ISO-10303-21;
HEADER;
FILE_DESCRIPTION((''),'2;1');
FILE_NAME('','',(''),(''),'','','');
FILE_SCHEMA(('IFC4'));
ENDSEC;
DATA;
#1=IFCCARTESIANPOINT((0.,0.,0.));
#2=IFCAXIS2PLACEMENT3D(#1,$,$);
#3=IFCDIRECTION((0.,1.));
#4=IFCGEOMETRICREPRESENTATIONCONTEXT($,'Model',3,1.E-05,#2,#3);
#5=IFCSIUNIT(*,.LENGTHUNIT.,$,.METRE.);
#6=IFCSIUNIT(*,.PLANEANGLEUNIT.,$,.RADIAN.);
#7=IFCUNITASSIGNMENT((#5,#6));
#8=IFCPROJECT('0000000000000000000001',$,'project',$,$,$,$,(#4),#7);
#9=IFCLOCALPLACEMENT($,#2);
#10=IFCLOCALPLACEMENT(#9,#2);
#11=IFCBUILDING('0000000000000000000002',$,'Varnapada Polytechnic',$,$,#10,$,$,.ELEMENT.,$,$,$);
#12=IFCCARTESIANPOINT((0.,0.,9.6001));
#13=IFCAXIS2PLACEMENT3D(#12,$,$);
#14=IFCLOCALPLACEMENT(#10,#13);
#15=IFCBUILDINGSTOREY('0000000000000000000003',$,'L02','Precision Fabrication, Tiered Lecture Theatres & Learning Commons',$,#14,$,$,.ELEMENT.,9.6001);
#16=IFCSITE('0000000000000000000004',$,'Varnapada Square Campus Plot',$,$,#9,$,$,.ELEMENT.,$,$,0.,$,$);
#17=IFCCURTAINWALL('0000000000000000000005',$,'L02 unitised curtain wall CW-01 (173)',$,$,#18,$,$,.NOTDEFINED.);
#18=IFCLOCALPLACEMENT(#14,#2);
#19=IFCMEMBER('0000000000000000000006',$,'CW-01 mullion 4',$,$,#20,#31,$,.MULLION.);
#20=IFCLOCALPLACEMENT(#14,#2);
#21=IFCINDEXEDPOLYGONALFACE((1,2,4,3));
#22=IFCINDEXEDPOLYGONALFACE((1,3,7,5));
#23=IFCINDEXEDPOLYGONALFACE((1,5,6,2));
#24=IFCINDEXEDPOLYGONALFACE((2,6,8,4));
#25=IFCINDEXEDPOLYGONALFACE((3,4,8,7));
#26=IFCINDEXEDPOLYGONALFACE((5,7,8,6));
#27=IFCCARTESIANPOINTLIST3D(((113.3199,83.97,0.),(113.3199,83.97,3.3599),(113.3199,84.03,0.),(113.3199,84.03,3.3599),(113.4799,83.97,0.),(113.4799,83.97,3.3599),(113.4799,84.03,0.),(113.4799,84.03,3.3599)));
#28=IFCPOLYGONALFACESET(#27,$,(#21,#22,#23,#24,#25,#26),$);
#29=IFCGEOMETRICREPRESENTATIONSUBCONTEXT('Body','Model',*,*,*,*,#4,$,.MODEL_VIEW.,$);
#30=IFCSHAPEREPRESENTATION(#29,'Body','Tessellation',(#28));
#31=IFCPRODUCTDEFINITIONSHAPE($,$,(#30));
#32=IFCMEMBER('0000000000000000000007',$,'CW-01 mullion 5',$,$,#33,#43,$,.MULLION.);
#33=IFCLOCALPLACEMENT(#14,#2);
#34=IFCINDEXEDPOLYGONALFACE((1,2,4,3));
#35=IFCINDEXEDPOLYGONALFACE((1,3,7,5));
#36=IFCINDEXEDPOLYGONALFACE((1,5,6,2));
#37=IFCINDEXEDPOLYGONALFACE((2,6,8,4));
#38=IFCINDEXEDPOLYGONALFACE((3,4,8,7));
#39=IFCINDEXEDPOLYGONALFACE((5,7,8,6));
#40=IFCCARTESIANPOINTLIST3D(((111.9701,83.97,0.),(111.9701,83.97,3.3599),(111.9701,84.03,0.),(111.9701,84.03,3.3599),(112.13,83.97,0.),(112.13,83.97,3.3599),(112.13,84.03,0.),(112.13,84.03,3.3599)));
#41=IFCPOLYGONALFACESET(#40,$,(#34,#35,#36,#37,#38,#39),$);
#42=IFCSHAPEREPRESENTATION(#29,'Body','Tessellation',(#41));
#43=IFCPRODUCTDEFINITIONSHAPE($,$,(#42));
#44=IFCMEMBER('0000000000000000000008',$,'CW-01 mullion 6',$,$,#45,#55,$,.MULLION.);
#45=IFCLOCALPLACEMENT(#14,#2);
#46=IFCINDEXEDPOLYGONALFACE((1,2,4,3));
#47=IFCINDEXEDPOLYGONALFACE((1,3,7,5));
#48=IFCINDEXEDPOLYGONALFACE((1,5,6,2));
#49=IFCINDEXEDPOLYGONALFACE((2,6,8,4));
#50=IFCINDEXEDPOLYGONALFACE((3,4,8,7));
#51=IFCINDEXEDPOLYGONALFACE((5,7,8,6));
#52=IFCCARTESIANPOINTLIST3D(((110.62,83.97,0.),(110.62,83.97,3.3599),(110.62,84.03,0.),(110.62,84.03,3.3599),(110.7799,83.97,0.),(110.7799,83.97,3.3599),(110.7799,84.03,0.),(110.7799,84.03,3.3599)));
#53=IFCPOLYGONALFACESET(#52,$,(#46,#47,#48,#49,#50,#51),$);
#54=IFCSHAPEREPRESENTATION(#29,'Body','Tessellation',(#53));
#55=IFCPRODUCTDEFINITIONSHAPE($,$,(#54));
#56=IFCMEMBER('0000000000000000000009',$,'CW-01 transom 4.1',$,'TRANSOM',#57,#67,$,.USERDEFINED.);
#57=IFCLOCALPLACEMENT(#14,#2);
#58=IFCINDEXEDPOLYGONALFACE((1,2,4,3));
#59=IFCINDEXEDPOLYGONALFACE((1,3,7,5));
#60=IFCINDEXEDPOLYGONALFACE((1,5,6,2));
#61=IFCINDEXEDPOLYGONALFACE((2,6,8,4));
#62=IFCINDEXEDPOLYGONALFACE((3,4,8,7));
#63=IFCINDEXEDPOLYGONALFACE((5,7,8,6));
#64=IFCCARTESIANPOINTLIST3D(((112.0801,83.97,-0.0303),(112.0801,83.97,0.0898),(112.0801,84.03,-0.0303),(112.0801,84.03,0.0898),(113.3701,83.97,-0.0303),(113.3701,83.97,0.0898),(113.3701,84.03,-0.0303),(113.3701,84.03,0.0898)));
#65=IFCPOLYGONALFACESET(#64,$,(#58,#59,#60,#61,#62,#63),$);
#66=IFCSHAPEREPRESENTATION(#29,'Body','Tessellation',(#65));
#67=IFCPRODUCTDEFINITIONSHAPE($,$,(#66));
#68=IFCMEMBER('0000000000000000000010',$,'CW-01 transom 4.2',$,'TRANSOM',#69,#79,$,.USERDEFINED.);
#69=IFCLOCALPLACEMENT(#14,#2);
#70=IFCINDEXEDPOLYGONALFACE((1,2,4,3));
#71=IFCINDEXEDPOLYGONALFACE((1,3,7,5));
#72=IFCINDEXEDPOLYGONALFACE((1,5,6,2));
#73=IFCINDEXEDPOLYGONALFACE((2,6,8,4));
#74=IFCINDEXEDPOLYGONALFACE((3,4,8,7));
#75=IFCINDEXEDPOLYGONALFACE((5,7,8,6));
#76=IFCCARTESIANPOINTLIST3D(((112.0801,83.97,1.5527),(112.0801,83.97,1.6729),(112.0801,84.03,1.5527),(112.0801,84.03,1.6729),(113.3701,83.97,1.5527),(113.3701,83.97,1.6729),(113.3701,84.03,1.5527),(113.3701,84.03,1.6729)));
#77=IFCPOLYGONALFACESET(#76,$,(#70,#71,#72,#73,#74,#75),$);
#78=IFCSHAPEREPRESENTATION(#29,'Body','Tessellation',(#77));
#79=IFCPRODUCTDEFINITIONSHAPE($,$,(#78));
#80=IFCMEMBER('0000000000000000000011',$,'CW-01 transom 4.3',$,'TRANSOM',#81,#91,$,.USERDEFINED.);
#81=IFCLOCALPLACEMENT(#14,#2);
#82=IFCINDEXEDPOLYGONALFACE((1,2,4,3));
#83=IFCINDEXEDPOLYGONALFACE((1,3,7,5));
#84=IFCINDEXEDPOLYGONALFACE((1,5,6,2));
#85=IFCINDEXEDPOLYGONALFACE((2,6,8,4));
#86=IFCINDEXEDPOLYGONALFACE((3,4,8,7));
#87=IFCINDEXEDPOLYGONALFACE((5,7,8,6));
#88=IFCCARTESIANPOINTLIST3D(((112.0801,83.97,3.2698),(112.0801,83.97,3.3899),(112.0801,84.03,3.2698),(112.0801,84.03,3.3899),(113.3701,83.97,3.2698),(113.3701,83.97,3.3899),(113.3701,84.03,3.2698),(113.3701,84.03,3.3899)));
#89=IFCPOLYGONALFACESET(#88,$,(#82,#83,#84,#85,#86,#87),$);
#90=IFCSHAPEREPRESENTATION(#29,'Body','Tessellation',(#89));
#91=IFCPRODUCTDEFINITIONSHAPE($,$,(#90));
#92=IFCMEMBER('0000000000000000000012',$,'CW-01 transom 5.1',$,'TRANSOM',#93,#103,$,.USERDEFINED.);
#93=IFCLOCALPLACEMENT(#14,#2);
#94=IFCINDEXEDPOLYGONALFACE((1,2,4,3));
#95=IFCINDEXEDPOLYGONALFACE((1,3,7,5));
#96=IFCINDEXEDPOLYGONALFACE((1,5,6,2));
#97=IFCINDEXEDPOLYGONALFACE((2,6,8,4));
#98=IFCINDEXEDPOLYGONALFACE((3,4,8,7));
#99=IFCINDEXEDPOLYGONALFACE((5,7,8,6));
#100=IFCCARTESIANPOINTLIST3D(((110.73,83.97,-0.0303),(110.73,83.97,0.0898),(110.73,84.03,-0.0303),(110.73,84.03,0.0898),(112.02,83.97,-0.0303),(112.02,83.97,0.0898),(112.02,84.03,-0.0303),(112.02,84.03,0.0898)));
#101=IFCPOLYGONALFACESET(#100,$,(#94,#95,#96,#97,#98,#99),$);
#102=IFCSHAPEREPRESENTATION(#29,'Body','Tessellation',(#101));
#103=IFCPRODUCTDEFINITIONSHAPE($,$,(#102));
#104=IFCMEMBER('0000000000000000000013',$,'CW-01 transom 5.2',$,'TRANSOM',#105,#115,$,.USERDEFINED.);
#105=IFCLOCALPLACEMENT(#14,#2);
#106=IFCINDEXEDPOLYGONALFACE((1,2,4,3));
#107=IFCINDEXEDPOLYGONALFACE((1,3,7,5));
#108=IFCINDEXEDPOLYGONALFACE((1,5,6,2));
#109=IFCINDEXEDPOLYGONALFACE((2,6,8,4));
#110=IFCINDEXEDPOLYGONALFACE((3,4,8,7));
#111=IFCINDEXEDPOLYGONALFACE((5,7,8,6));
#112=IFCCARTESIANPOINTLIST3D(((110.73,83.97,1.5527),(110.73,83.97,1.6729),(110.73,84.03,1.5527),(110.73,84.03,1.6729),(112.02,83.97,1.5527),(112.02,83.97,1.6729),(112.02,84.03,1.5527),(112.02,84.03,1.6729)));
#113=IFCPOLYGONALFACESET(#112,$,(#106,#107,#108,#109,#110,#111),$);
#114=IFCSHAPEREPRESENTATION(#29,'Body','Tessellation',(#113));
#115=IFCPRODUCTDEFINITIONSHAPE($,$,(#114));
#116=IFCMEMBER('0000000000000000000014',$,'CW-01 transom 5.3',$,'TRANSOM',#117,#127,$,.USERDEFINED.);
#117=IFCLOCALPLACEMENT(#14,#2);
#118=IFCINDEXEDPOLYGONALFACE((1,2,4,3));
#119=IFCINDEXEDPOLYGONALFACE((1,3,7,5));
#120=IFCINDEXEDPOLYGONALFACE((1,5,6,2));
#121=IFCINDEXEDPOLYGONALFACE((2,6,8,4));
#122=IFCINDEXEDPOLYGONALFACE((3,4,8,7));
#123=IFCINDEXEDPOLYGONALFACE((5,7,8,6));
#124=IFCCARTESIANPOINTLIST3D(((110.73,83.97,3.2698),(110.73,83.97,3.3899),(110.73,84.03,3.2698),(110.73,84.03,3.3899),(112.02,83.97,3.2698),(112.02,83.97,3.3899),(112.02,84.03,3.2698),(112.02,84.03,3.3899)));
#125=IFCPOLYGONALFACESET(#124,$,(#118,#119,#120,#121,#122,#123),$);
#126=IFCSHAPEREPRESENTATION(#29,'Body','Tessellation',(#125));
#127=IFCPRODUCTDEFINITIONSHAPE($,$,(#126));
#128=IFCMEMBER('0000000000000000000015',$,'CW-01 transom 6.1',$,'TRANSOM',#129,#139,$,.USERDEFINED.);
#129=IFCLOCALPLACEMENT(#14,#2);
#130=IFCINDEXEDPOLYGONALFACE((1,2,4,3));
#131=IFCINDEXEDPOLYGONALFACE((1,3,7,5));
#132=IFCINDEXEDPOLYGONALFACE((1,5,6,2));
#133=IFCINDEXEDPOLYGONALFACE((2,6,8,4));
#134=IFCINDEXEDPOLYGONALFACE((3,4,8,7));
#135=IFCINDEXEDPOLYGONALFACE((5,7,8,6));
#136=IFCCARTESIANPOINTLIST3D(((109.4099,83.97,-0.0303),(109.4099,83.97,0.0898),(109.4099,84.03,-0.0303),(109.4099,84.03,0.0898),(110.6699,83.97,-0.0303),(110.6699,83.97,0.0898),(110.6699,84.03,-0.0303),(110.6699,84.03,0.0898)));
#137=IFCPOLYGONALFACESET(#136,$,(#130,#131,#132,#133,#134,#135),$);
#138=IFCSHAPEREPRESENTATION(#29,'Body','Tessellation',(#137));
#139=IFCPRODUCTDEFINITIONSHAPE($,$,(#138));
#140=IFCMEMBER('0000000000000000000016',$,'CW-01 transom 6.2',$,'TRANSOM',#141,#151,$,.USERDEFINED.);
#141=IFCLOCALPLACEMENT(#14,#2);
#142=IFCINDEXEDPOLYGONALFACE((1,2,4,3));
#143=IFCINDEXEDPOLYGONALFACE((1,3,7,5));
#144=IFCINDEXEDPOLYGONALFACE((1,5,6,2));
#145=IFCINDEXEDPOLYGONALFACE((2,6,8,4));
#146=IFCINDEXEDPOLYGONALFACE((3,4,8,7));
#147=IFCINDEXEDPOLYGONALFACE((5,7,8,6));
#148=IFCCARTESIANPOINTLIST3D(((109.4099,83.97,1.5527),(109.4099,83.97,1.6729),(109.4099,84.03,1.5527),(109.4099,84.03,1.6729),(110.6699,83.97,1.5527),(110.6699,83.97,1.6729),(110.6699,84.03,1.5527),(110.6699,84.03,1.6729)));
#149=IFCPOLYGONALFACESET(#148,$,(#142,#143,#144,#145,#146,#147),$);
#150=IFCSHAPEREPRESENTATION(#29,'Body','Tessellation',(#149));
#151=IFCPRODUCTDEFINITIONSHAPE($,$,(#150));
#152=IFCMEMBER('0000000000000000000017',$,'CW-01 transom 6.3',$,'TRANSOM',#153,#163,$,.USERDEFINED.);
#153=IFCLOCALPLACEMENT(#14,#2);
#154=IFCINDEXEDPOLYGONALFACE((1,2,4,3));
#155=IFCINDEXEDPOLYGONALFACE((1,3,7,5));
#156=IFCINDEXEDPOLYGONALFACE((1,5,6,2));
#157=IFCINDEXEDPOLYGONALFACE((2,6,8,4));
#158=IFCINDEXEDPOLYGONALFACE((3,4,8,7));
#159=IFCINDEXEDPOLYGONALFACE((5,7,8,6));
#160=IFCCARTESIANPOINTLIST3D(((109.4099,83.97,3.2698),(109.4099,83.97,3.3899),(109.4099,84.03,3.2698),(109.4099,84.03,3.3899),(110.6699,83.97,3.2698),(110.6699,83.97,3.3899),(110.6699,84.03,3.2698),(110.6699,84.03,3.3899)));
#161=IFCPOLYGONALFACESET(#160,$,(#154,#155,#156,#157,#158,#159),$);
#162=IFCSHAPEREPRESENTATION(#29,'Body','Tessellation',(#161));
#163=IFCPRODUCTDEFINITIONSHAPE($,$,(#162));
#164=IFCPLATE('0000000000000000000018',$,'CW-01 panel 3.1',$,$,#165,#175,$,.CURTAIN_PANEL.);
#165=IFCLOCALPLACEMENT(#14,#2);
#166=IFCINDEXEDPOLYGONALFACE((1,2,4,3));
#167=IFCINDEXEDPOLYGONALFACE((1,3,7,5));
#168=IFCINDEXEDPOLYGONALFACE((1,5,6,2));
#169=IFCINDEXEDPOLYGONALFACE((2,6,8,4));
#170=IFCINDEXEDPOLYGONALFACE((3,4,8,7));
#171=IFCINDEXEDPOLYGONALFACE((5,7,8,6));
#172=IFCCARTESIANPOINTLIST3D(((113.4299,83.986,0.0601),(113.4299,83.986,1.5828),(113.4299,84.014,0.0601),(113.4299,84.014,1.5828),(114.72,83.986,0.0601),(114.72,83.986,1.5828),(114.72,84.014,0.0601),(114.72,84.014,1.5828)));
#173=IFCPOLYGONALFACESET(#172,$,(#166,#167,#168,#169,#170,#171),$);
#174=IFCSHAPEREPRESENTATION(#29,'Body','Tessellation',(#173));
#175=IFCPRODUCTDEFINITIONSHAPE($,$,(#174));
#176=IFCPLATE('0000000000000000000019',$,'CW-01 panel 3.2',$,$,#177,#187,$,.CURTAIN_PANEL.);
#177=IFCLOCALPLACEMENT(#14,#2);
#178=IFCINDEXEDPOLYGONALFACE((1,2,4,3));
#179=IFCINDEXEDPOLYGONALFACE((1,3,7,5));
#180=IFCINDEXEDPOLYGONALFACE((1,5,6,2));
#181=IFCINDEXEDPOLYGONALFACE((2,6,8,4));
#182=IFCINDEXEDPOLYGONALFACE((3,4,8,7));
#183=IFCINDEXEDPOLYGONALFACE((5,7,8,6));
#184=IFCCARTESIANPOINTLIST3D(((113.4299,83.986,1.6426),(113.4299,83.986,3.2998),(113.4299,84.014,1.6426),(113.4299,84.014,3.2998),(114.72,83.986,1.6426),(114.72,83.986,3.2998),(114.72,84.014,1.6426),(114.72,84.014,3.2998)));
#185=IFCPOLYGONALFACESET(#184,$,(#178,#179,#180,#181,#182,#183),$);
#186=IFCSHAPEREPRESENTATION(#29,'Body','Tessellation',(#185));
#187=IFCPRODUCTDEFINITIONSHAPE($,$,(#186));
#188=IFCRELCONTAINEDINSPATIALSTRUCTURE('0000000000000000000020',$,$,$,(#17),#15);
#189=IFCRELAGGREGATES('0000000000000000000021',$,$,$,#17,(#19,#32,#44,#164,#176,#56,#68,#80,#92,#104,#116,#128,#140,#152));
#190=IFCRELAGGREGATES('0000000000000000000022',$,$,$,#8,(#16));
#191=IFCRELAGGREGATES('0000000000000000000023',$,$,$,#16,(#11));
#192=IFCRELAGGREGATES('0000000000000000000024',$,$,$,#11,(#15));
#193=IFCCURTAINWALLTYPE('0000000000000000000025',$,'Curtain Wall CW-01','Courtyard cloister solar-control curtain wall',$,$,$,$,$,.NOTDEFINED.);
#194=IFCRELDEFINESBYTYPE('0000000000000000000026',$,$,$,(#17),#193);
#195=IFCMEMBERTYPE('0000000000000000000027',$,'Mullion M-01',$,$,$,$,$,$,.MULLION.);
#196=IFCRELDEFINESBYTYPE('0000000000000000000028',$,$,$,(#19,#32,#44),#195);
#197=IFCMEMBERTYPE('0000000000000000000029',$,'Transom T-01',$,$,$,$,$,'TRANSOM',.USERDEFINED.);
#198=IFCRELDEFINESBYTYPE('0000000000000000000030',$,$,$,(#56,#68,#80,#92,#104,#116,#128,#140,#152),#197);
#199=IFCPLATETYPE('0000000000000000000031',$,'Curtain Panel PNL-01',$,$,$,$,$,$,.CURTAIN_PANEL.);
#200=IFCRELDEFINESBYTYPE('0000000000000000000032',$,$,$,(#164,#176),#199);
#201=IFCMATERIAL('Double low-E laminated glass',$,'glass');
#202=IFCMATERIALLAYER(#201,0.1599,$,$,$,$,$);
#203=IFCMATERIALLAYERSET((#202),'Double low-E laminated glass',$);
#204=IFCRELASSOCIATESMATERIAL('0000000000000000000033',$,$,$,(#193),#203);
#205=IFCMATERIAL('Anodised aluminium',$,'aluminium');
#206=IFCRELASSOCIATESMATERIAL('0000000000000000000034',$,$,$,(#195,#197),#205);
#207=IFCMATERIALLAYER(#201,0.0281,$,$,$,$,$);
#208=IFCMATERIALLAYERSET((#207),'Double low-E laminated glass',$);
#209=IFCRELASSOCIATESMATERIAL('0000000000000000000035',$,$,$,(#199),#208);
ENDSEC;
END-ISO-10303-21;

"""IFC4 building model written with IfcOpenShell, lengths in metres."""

from ifc_helpers import new_model, si_unit, direction, frame, origin, origin_2d, place, context, subcontext, project, spatial, rectangle, extrude, material, layer, layer_set, material_profile, profile_set, type_object, element, aggregate, save


model = new_model("IFC4")

# Units and contexts
model_context = context("Model", 3, precision=1e-05, world=origin(), true_north=direction((0.0, 1.0)))
body_context = subcontext(model_context, "Body", "Model", "MODEL_VIEW")
ifc_project = project(units=[si_unit("LENGTHUNIT", "METRE"), si_unit("PLANEANGLEUNIT", "RADIAN")], contexts=[model_context])

# Site, building, storey
site_placement = place(None, origin())
site = spatial("IfcSite", under=ifc_project, at=site_placement, Name="Varnapada Square Campus Plot", CompositionType="ELEMENT", RefElevation=0.0)
building_placement = place(site_placement, origin())
building = spatial("IfcBuilding", under=site, at=building_placement, Name="Varnapada Polytechnic", CompositionType="ELEMENT")
storey_placement = place(building_placement, frame((0.0, 0.0, 9.6001)))
storey = spatial("IfcBuildingStorey", under=building, at=storey_placement, Name="L02", Description="Precision Fabrication, Tiered Lecture Theatres & Learning Commons", CompositionType="ELEMENT", Elevation=9.6001)

# Curtain wall, members, plates
ifc_material_1 = material(Name="Double low-E laminated glass", Category="glass")
ifc_layer_1 = layer(ifc_material_1, 0.1599)
ifc_layer_set_1 = layer_set([ifc_layer_1], Name="Double low-E laminated glass")
curtain_wall_type = type_object("IfcCurtainWallType", Name="Curtain Wall CW-01", Description="Courtyard cloister solar-control curtain wall", PredefinedType="NOTDEFINED", material=ifc_layer_set_1)
curtain_wall_placement = place(storey_placement, origin())
curtain_wall = element("IfcCurtainWall", 1, at=curtain_wall_placement, inside=storey, type_object=curtain_wall_type, Name="L02 unitised curtain wall CW-01 (173)", PredefinedType="NOTDEFINED")
ifc_material_2 = material(Name="Anodised aluminium", Category="aluminium")
ifc_material_profile_1 = material_profile(ifc_material_2, rectangle(XDim=0.0601, YDim=0.1599, at=origin_2d()), Name="ALU M60x160")
ifc_profile_set_1 = profile_set([ifc_material_profile_1], Name="Anodised aluminium")
member_type_1 = type_object("IfcMemberType", Name="Mullion M-01", PredefinedType="MULLION", material=ifc_profile_set_1)
member_1_placement = place(storey_placement, frame((113.3999, 84.0, 0.0), z_axis=(0.0, 0.0, 1.0), x_axis=(0.0, -1.0, 0.0)))
member_1 = element("IfcMember", 2, at=member_1_placement, type_object=member_type_1, Name="CW-01 mullion 4", PredefinedType="MULLION", context=body_context, shape_type="SweptSolid", body=[
    extrude(rectangle(XDim=0.0601, YDim=0.1599, at=origin_2d()), origin(), (0.0, 0.0, 1.0), 3.3599),
])
member_2_placement = place(storey_placement, frame((112.05, 84.0, 0.0), z_axis=(0.0, 0.0, 1.0), x_axis=(0.0, -1.0, 0.0)))
member_2 = element("IfcMember", 3, at=member_2_placement, type_object=member_type_1, Name="CW-01 mullion 5", PredefinedType="MULLION", context=body_context, shape_type="SweptSolid", body=[
    extrude(rectangle(XDim=0.0601, YDim=0.1599, at=origin_2d()), origin(), (0.0, 0.0, 1.0), 3.3599),
])
member_3_placement = place(storey_placement, frame((110.7, 84.0, 0.0), z_axis=(0.0, 0.0, 1.0), x_axis=(0.0, -1.0, 0.0)))
member_3 = element("IfcMember", 4, at=member_3_placement, type_object=member_type_1, Name="CW-01 mullion 6", PredefinedType="MULLION", context=body_context, shape_type="SweptSolid", body=[
    extrude(rectangle(XDim=0.0601, YDim=0.1599, at=origin_2d()), origin(), (0.0, 0.0, 1.0), 3.3599),
])
ifc_material_profile_2 = material_profile(ifc_material_2, rectangle(XDim=0.0601, YDim=0.1201, at=origin_2d()), Name="ALU T60x120")
ifc_profile_set_2 = profile_set([ifc_material_profile_2], Name="Anodised aluminium")
member_type_2 = type_object("IfcMemberType", Name="Transom T-01", ElementType="TRANSOM", PredefinedType="USERDEFINED", material=ifc_profile_set_2)
member_4_placement = place(storey_placement, frame((113.3701, 84.0, 0.0298), z_axis=(-1.0, 0.0, 0.0), x_axis=(0.0, -1.0, 0.0)))
member_4 = element("IfcMember", 5, at=member_4_placement, type_object=member_type_2, Name="CW-01 transom 4.1", ObjectType="TRANSOM", PredefinedType="USERDEFINED", context=body_context, shape_type="SweptSolid", body=[
    extrude(rectangle(XDim=0.0601, YDim=0.1201, at=origin_2d()), origin(), (0.0, 0.0, 1.0), 1.29),
])
member_5_placement = place(storey_placement, frame((113.3701, 84.0, 1.6128), z_axis=(-1.0, 0.0, 0.0), x_axis=(0.0, -1.0, 0.0)))
member_5 = element("IfcMember", 6, at=member_5_placement, type_object=member_type_2, Name="CW-01 transom 4.2", ObjectType="TRANSOM", PredefinedType="USERDEFINED", context=body_context, shape_type="SweptSolid", body=[
    extrude(rectangle(XDim=0.0601, YDim=0.1201, at=origin_2d()), origin(), (0.0, 0.0, 1.0), 1.29),
])
member_6_placement = place(storey_placement, frame((113.3701, 84.0, 3.3298), z_axis=(-1.0, 0.0, 0.0), x_axis=(0.0, -1.0, 0.0)))
member_6 = element("IfcMember", 7, at=member_6_placement, type_object=member_type_2, Name="CW-01 transom 4.3", ObjectType="TRANSOM", PredefinedType="USERDEFINED", context=body_context, shape_type="SweptSolid", body=[
    extrude(rectangle(XDim=0.0601, YDim=0.1201, at=origin_2d()), origin(), (0.0, 0.0, 1.0), 1.29),
])
member_7_placement = place(storey_placement, frame((112.02, 84.0, 0.0298), z_axis=(-1.0, 0.0, 0.0), x_axis=(0.0, -1.0, 0.0)))
member_7 = element("IfcMember", 8, at=member_7_placement, type_object=member_type_2, Name="CW-01 transom 5.1", ObjectType="TRANSOM", PredefinedType="USERDEFINED", context=body_context, shape_type="SweptSolid", body=[
    extrude(rectangle(XDim=0.0601, YDim=0.1201, at=origin_2d()), origin(), (0.0, 0.0, 1.0), 1.29),
])
member_8_placement = place(storey_placement, frame((112.02, 84.0, 1.6128), z_axis=(-1.0, 0.0, 0.0), x_axis=(0.0, -1.0, 0.0)))
member_8 = element("IfcMember", 9, at=member_8_placement, type_object=member_type_2, Name="CW-01 transom 5.2", ObjectType="TRANSOM", PredefinedType="USERDEFINED", context=body_context, shape_type="SweptSolid", body=[
    extrude(rectangle(XDim=0.0601, YDim=0.1201, at=origin_2d()), origin(), (0.0, 0.0, 1.0), 1.29),
])
member_9_placement = place(storey_placement, frame((112.02, 84.0, 3.3298), z_axis=(-1.0, 0.0, 0.0), x_axis=(0.0, -1.0, 0.0)))
member_9 = element("IfcMember", 10, at=member_9_placement, type_object=member_type_2, Name="CW-01 transom 5.3", ObjectType="TRANSOM", PredefinedType="USERDEFINED", context=body_context, shape_type="SweptSolid", body=[
    extrude(rectangle(XDim=0.0601, YDim=0.1201, at=origin_2d()), origin(), (0.0, 0.0, 1.0), 1.29),
])
member_10_placement = place(storey_placement, frame((110.6699, 84.0, 0.0298), z_axis=(-1.0, 0.0, 0.0), x_axis=(0.0, -1.0, 0.0)))
member_10 = element("IfcMember", 11, at=member_10_placement, type_object=member_type_2, Name="CW-01 transom 6.1", ObjectType="TRANSOM", PredefinedType="USERDEFINED", context=body_context, shape_type="SweptSolid", body=[
    extrude(rectangle(XDim=0.0601, YDim=0.1201, at=origin_2d()), origin(), (0.0, 0.0, 1.0), 1.26),
])
member_11_placement = place(storey_placement, frame((110.6699, 84.0, 1.6128), z_axis=(-1.0, 0.0, 0.0), x_axis=(0.0, -1.0, 0.0)))
member_11 = element("IfcMember", 12, at=member_11_placement, type_object=member_type_2, Name="CW-01 transom 6.2", ObjectType="TRANSOM", PredefinedType="USERDEFINED", context=body_context, shape_type="SweptSolid", body=[
    extrude(rectangle(XDim=0.0601, YDim=0.1201, at=origin_2d()), origin(), (0.0, 0.0, 1.0), 1.26),
])
member_12_placement = place(storey_placement, frame((110.6699, 84.0, 3.3298), z_axis=(-1.0, 0.0, 0.0), x_axis=(0.0, -1.0, 0.0)))
member_12 = element("IfcMember", 13, at=member_12_placement, type_object=member_type_2, Name="CW-01 transom 6.3", ObjectType="TRANSOM", PredefinedType="USERDEFINED", context=body_context, shape_type="SweptSolid", body=[
    extrude(rectangle(XDim=0.0601, YDim=0.1201, at=origin_2d()), origin(), (0.0, 0.0, 1.0), 1.26),
])
ifc_layer_2 = layer(ifc_material_1, 0.0281)
ifc_layer_set_2 = layer_set([ifc_layer_2], Name="Double low-E laminated glass")
plate_type = type_object("IfcPlateType", Name="Curtain Panel PNL-01", PredefinedType="CURTAIN_PANEL", material=ifc_layer_set_2)
plate_1_placement = place(storey_placement, frame((114.075, 84.0, 0.0601), z_axis=(0.0, 0.0, 1.0), x_axis=(-1.0, 0.0, 0.0)))
plate_1 = element("IfcPlate", 14, at=plate_1_placement, type_object=plate_type, Name="CW-01 panel 3.1", PredefinedType="CURTAIN_PANEL", context=body_context, shape_type="SweptSolid", body=[
    extrude(rectangle(XDim=1.29, YDim=0.0281, at=origin_2d()), origin(), (0.0, 0.0, 1.0), 1.5227),
])
plate_2_placement = place(storey_placement, frame((114.075, 84.0, 1.6426), z_axis=(0.0, 0.0, 1.0), x_axis=(-1.0, 0.0, 0.0)))
plate_2 = element("IfcPlate", 15, at=plate_2_placement, type_object=plate_type, Name="CW-01 panel 3.2", PredefinedType="CURTAIN_PANEL", context=body_context, shape_type="SweptSolid", body=[
    extrude(rectangle(XDim=1.29, YDim=0.0281, at=origin_2d()), origin(), (0.0, 0.0, 1.0), 1.6572),
])
aggregate(curtain_wall, [member_1, member_2, member_3, plate_1, plate_2, member_4, member_5, member_6, member_7, member_8, member_9, member_10, member_11, member_12])

save(model, "model.ifc")
